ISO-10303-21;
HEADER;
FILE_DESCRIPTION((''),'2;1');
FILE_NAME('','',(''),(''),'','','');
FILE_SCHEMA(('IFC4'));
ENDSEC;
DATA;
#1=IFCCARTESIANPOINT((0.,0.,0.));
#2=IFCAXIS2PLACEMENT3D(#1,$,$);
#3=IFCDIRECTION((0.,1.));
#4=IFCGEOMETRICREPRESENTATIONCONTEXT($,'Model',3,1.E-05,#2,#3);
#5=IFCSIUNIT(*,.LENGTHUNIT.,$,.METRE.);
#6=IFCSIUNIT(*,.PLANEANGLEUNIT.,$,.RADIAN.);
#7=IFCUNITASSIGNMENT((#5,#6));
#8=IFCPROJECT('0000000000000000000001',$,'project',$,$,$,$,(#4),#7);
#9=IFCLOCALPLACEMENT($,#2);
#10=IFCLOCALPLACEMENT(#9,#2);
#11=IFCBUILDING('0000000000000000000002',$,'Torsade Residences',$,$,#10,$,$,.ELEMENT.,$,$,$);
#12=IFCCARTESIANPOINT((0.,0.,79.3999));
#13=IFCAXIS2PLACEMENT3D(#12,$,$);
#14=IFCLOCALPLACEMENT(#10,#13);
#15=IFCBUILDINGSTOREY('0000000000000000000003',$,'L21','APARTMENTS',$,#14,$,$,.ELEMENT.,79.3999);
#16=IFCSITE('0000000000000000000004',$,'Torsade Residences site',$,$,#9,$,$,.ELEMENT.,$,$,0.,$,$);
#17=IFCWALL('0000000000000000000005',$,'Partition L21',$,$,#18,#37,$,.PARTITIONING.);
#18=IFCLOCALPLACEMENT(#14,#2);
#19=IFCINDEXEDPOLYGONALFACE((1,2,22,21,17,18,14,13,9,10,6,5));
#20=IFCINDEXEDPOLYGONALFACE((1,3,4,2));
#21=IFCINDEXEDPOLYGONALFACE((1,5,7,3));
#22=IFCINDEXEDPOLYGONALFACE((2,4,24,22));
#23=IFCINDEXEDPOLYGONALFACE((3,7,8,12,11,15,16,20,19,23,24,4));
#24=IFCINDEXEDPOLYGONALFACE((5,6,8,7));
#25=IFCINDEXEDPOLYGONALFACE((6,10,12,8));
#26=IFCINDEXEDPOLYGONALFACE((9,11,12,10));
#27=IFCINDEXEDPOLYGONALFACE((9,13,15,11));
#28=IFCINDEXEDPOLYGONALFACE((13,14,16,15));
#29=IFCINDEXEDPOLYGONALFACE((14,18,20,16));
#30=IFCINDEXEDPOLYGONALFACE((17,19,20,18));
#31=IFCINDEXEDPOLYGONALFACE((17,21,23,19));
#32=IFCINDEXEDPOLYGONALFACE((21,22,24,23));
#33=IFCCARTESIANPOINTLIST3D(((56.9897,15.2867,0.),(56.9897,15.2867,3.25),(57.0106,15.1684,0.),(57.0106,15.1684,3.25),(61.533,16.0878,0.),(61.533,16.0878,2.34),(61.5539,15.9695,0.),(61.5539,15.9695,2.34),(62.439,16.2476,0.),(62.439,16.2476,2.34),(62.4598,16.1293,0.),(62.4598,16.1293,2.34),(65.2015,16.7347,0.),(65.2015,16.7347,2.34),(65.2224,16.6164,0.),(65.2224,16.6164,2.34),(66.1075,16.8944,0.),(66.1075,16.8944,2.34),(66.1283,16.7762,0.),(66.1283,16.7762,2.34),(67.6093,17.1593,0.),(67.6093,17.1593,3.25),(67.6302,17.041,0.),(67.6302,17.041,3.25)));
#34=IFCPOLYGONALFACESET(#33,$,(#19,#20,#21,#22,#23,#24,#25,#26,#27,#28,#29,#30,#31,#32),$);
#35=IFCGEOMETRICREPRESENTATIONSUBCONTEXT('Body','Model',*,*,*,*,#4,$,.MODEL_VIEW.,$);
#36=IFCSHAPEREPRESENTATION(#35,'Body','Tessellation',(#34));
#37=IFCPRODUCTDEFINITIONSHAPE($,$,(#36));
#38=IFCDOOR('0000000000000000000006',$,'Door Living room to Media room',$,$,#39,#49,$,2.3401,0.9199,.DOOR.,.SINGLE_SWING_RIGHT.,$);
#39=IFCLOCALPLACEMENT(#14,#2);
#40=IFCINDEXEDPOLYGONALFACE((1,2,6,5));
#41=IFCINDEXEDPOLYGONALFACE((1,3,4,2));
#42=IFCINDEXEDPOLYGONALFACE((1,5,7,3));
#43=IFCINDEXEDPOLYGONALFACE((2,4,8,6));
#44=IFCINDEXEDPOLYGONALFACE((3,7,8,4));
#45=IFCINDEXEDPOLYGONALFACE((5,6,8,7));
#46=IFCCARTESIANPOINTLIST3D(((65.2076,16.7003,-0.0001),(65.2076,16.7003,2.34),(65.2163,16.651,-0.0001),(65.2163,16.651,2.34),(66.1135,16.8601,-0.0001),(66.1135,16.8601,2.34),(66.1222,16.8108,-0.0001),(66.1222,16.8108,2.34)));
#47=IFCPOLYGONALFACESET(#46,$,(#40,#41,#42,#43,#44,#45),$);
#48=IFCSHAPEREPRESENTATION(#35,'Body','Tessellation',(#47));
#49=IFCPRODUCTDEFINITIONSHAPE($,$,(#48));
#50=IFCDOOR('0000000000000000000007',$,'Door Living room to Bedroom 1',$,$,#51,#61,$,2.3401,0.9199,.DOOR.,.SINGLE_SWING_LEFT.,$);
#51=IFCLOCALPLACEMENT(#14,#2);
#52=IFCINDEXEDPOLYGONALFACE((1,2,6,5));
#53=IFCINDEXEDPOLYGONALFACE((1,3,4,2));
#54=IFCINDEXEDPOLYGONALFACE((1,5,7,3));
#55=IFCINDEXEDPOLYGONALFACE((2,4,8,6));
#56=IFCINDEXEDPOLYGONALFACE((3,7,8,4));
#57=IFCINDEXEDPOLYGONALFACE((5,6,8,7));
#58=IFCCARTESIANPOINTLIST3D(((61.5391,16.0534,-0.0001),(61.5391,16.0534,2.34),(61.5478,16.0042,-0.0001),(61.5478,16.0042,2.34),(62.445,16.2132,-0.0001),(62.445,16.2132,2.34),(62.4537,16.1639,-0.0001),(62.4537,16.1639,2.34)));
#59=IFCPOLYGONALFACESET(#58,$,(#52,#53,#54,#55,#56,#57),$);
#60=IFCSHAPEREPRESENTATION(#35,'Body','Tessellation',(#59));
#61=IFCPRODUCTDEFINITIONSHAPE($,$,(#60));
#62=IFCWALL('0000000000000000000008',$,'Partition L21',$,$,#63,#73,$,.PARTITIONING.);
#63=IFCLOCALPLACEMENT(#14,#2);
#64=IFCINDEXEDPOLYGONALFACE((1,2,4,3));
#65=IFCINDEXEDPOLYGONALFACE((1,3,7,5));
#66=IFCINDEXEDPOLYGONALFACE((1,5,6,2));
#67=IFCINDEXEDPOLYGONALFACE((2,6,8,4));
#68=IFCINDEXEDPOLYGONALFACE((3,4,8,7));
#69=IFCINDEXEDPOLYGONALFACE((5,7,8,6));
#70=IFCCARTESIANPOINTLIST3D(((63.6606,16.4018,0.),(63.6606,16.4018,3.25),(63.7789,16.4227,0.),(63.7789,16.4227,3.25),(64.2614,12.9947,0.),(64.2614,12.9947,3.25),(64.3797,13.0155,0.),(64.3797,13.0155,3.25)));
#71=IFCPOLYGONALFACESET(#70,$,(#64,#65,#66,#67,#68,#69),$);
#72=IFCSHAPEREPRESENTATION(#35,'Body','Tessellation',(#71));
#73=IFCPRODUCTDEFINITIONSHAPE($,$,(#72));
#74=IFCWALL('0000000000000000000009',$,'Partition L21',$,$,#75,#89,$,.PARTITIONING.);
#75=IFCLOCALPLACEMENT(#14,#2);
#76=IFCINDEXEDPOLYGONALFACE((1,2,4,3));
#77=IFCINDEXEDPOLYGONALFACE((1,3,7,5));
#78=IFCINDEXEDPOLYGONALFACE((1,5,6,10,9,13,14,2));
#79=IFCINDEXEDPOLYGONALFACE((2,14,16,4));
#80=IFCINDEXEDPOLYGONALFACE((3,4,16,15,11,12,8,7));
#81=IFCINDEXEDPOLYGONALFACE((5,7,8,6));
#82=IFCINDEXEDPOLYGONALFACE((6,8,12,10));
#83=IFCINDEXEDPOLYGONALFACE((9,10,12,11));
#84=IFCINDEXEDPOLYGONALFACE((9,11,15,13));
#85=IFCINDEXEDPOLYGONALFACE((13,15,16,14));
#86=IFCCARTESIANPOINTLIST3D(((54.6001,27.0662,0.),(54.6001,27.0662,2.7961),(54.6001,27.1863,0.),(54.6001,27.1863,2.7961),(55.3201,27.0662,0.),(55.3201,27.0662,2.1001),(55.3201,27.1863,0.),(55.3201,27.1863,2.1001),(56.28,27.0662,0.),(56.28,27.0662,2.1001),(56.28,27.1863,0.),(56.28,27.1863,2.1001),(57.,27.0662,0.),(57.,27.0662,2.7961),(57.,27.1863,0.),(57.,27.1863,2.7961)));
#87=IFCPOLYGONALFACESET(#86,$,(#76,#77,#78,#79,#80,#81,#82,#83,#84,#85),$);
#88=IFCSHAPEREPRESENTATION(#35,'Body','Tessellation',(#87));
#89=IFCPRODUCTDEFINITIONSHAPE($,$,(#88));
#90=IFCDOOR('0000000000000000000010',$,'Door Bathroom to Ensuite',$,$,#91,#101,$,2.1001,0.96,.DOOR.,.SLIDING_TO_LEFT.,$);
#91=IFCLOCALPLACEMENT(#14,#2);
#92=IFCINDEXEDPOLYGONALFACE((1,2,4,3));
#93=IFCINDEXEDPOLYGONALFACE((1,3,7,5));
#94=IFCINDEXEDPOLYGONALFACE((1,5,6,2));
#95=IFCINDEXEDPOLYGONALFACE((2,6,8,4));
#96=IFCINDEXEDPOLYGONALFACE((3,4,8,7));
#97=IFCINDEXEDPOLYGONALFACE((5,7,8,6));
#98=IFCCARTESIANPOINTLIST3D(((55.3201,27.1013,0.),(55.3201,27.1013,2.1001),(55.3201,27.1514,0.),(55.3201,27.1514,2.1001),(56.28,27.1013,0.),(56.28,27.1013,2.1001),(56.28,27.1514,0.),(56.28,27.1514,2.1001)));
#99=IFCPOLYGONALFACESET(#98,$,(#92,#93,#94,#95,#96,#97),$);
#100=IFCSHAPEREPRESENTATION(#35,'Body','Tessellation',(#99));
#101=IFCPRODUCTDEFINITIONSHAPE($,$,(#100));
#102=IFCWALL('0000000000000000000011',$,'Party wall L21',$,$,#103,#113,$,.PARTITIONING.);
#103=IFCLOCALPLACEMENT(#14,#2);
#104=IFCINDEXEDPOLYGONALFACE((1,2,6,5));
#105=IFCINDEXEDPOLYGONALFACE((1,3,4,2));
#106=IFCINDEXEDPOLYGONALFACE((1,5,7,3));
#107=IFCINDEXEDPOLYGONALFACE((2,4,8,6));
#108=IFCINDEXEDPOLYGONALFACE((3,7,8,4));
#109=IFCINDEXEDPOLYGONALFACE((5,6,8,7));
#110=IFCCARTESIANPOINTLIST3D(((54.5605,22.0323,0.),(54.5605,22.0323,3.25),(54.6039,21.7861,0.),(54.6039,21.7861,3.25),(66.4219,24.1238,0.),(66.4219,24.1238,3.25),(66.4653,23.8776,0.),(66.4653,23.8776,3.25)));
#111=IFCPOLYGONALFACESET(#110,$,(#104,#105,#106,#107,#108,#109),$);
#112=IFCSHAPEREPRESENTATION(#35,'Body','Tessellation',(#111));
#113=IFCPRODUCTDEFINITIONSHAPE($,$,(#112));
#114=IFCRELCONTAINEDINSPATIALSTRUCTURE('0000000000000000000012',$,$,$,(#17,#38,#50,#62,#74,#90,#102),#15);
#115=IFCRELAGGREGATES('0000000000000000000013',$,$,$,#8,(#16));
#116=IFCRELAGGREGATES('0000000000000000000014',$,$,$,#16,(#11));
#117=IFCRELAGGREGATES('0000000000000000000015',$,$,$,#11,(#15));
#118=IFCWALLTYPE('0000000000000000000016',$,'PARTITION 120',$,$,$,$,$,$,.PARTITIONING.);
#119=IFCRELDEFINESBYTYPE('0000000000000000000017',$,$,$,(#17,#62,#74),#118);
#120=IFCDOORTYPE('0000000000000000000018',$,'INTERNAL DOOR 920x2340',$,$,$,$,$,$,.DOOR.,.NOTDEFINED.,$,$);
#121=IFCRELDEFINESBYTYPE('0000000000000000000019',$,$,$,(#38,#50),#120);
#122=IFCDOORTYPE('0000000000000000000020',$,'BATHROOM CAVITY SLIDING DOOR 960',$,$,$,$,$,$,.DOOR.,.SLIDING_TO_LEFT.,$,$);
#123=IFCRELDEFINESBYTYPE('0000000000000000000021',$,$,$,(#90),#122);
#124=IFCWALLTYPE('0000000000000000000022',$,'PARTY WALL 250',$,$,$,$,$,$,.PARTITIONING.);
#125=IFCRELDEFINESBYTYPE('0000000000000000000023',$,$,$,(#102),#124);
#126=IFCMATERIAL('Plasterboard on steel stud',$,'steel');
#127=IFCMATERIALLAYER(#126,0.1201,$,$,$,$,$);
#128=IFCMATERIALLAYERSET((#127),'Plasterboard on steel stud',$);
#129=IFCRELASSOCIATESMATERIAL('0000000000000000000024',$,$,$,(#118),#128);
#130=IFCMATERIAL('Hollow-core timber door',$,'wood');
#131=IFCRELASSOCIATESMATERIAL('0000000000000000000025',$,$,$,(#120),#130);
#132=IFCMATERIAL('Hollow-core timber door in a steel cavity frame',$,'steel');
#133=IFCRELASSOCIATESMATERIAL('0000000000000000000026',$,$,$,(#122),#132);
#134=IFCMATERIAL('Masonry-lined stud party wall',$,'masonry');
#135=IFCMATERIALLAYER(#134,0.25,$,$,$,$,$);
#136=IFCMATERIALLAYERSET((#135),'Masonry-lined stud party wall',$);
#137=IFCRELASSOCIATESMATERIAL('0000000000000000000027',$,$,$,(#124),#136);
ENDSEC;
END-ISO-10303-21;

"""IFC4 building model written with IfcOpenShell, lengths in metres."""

from ifc_helpers import new_model, si_unit, direction, frame, frame_2d, origin, place, context, subcontext, project, spatial, rectangle, extrude, material, layer, layer_set, type_object, element, fill, save


model = new_model("IFC4")

# Units and contexts
model_context = context("Model", 3, precision=1e-05, world=origin(), true_north=direction((0.0, 1.0)))
body_context = subcontext(model_context, "Body", "Model", "MODEL_VIEW")
ifc_project = project(units=[si_unit("LENGTHUNIT", "METRE"), si_unit("PLANEANGLEUNIT", "RADIAN")], contexts=[model_context])

# Site, building, storey
site_placement = place(None, origin())
site = spatial("IfcSite", under=ifc_project, at=site_placement, Name="Torsade Residences site", CompositionType="ELEMENT", RefElevation=0.0)
building_placement = place(site_placement, origin())
building = spatial("IfcBuilding", under=site, at=building_placement, Name="Torsade Residences", CompositionType="ELEMENT")
storey_placement = place(building_placement, frame((0.0, 0.0, 79.3999)))
storey = spatial("IfcBuildingStorey", under=building, at=storey_placement, Name="L21", Description="APARTMENTS", CompositionType="ELEMENT", Elevation=79.3999)

# Wall, openings, doors
ifc_material_1 = material(Name="Plasterboard on steel stud", Category="steel")
ifc_layer_1 = layer(ifc_material_1, 0.1201)
ifc_layer_set_1 = layer_set([ifc_layer_1], Name="Plasterboard on steel stud")
wall_type_1 = type_object("IfcWallType", Name="PARTITION 120", PredefinedType="PARTITIONING", material=ifc_layer_set_1)
wall_1_placement = place(storey_placement, frame((67.6196, 17.1001, 0.0), z_axis=(0.0, 0.0, 1.0), x_axis=(-0.984807, -0.173651, 0.0)))
wall_1 = element("IfcWall", 1, at=wall_1_placement, inside=storey, type_object=wall_type_1, Name="Partition L21", PredefinedType="PARTITIONING", context=body_context, shape_type="SweptSolid", body=[
    extrude(rectangle(XDim=10.7834, YDim=0.1201, at=frame_2d((5.3916, 0.0))), origin(), (0.0, 0.0, 1.0), 3.25),
])
opening_1_placement = place(wall_1_placement, frame((1.5249, 0.0, 0.0)))
opening_1 = element("IfcOpeningElement", 2, at=opening_1_placement, cuts=wall_1, PredefinedType="OPENING", context=body_context, shape_type="SweptSolid", body=[
    extrude(rectangle(XDim=0.9199, YDim=2.3401, at=frame_2d((0.46, 1.1699))), frame((0.0, 0.0701, 0.0), z_axis=(0.0, -1.0, 0.0), x_axis=(1.0, 0.0, 0.0)), (0.0, 0.0, 1.0), 0.1401),
])
opening_2_placement = place(wall_1_placement, frame((5.25, 0.0, 0.0)))
opening_2 = element("IfcOpeningElement", 3, at=opening_2_placement, cuts=wall_1, PredefinedType="OPENING", context=body_context, shape_type="SweptSolid", body=[
    extrude(rectangle(XDim=0.9199, YDim=2.3401, at=frame_2d((0.46, 1.1699))), frame((0.0, 0.0701, 0.0), z_axis=(0.0, -1.0, 0.0), x_axis=(1.0, 0.0, 0.0)), (0.0, 0.0, 1.0), 0.1401),
])
ifc_material_2 = material(Name="Hollow-core timber door", Category="wood")
door_type_1 = type_object("IfcDoorType", Name="INTERNAL DOOR 920x2340", OperationType="NOTDEFINED", PredefinedType="DOOR", material=ifc_material_2)
door_1_placement = place(opening_1_placement, origin())
door_1 = element("IfcDoor", 4, at=door_1_placement, inside=storey, type_object=door_type_1, Name="Door Living room to Media room", OperationType="SINGLE_SWING_RIGHT", OverallHeight=2.3401, OverallWidth=0.9199, PredefinedType="DOOR", context=body_context, shape_type="SweptSolid", body=[
    extrude(rectangle(XDim=0.9199, YDim=2.3401, at=frame_2d((0.46, 1.1699))), frame((0.0, 0.0249, 0.0), z_axis=(0.0, -1.0, 0.0), x_axis=(1.0, 0.0, 0.0)), (0.0, 0.0, 1.0), 0.05),
])
fill(opening_1, door_1)
door_2_placement = place(opening_2_placement, origin())
door_2 = element("IfcDoor", 5, at=door_2_placement, inside=storey, type_object=door_type_1, Name="Door Living room to Bedroom 1", OperationType="SINGLE_SWING_LEFT", OverallHeight=2.3401, OverallWidth=0.9199, PredefinedType="DOOR", context=body_context, shape_type="SweptSolid", body=[
    extrude(rectangle(XDim=0.9199, YDim=2.3401, at=frame_2d((0.46, 1.1699))), frame((0.0, 0.0249, 0.0), z_axis=(0.0, -1.0, 0.0), x_axis=(1.0, 0.0, 0.0)), (0.0, 0.0, 1.0), 0.05),
])
fill(opening_2, door_2)

# Wall
wall_2_placement = place(storey_placement, frame((63.7197, 16.4124, 0.0), z_axis=(0.0, 0.0, 1.0), x_axis=(0.173661, -0.984806, 0.0)))
element("IfcWall", 6, at=wall_2_placement, inside=storey, type_object=wall_type_1, Name="Partition L21", PredefinedType="PARTITIONING", context=body_context, shape_type="SweptSolid", body=[
    extrude(rectangle(XDim=3.4597, YDim=0.1201, at=frame_2d((1.73, 0.0))), origin(), (0.0, 0.0, 1.0), 3.25),
])

# Wall, opening, door
wall_3_placement = place(storey_placement, frame((57.0, 27.1262, 0.0), z_axis=(0.0, 0.0, 1.0), x_axis=(-1.0, 0.0, 0.0)))
wall_3 = element("IfcWall", 7, at=wall_3_placement, inside=storey, type_object=wall_type_1, Name="Partition L21", PredefinedType="PARTITIONING", context=body_context, shape_type="SweptSolid", body=[
    extrude(rectangle(XDim=2.3999, YDim=0.1201, at=frame_2d((1.2, 0.0))), origin(), (0.0, 0.0, 1.0), 2.7961),
])
opening_3_placement = place(wall_3_placement, frame((0.72, 0.0, 0.0)))
opening_3 = element("IfcOpeningElement", 8, at=opening_3_placement, cuts=wall_3, PredefinedType="OPENING", context=body_context, shape_type="SweptSolid", body=[
    extrude(rectangle(XDim=0.96, YDim=2.1001, at=frame_2d((0.48, 1.05))), frame((0.0, 0.0701, 0.0), z_axis=(0.0, -1.0, 0.0), x_axis=(1.0, 0.0, 0.0)), (0.0, 0.0, 1.0), 0.1401),
])
ifc_material_3 = material(Name="Hollow-core timber door in a steel cavity frame", Category="steel")
door_type_2 = type_object("IfcDoorType", Name="BATHROOM CAVITY SLIDING DOOR 960", OperationType="SLIDING_TO_LEFT", PredefinedType="DOOR", material=ifc_material_3)
door_3_placement = place(opening_3_placement, origin())
door_3 = element("IfcDoor", 9, at=door_3_placement, inside=storey, type_object=door_type_2, Name="Door Bathroom to Ensuite", OperationType="SLIDING_TO_LEFT", OverallHeight=2.1001, OverallWidth=0.96, PredefinedType="DOOR", context=body_context, shape_type="SweptSolid", body=[
    extrude(rectangle(XDim=0.96, YDim=2.1001, at=frame_2d((0.48, 1.05))), frame((0.0, 0.0249, 0.0), z_axis=(0.0, -1.0, 0.0), x_axis=(1.0, 0.0, 0.0)), (0.0, 0.0, 1.0), 0.05),
])
fill(opening_3, door_3)

# Wall
ifc_material_4 = material(Name="Masonry-lined stud party wall", Category="masonry")
ifc_layer_2 = layer(ifc_material_4, 0.25)
ifc_layer_set_2 = layer_set([ifc_layer_2], Name="Masonry-lined stud party wall")
wall_type_2 = type_object("IfcWallType", Name="PARTY WALL 250", PredefinedType="PARTITIONING", material=ifc_layer_set_2)
wall_4_placement = place(storey_placement, frame((66.4436, 24.0007, 0.0), z_axis=(0.0, 0.0, 1.0), x_axis=(-0.984807, -0.173655, 0.0)))
element("IfcWall", 10, at=wall_4_placement, inside=storey, type_object=wall_type_2, Name="Party wall L21", PredefinedType="PARTITIONING", context=body_context, shape_type="SweptSolid", body=[
    extrude(rectangle(XDim=12.0444, YDim=0.25, at=frame_2d((6.0222, 0.0))), origin(), (0.0, 0.0, 1.0), 3.25),
])

save(model, "model.ifc")
